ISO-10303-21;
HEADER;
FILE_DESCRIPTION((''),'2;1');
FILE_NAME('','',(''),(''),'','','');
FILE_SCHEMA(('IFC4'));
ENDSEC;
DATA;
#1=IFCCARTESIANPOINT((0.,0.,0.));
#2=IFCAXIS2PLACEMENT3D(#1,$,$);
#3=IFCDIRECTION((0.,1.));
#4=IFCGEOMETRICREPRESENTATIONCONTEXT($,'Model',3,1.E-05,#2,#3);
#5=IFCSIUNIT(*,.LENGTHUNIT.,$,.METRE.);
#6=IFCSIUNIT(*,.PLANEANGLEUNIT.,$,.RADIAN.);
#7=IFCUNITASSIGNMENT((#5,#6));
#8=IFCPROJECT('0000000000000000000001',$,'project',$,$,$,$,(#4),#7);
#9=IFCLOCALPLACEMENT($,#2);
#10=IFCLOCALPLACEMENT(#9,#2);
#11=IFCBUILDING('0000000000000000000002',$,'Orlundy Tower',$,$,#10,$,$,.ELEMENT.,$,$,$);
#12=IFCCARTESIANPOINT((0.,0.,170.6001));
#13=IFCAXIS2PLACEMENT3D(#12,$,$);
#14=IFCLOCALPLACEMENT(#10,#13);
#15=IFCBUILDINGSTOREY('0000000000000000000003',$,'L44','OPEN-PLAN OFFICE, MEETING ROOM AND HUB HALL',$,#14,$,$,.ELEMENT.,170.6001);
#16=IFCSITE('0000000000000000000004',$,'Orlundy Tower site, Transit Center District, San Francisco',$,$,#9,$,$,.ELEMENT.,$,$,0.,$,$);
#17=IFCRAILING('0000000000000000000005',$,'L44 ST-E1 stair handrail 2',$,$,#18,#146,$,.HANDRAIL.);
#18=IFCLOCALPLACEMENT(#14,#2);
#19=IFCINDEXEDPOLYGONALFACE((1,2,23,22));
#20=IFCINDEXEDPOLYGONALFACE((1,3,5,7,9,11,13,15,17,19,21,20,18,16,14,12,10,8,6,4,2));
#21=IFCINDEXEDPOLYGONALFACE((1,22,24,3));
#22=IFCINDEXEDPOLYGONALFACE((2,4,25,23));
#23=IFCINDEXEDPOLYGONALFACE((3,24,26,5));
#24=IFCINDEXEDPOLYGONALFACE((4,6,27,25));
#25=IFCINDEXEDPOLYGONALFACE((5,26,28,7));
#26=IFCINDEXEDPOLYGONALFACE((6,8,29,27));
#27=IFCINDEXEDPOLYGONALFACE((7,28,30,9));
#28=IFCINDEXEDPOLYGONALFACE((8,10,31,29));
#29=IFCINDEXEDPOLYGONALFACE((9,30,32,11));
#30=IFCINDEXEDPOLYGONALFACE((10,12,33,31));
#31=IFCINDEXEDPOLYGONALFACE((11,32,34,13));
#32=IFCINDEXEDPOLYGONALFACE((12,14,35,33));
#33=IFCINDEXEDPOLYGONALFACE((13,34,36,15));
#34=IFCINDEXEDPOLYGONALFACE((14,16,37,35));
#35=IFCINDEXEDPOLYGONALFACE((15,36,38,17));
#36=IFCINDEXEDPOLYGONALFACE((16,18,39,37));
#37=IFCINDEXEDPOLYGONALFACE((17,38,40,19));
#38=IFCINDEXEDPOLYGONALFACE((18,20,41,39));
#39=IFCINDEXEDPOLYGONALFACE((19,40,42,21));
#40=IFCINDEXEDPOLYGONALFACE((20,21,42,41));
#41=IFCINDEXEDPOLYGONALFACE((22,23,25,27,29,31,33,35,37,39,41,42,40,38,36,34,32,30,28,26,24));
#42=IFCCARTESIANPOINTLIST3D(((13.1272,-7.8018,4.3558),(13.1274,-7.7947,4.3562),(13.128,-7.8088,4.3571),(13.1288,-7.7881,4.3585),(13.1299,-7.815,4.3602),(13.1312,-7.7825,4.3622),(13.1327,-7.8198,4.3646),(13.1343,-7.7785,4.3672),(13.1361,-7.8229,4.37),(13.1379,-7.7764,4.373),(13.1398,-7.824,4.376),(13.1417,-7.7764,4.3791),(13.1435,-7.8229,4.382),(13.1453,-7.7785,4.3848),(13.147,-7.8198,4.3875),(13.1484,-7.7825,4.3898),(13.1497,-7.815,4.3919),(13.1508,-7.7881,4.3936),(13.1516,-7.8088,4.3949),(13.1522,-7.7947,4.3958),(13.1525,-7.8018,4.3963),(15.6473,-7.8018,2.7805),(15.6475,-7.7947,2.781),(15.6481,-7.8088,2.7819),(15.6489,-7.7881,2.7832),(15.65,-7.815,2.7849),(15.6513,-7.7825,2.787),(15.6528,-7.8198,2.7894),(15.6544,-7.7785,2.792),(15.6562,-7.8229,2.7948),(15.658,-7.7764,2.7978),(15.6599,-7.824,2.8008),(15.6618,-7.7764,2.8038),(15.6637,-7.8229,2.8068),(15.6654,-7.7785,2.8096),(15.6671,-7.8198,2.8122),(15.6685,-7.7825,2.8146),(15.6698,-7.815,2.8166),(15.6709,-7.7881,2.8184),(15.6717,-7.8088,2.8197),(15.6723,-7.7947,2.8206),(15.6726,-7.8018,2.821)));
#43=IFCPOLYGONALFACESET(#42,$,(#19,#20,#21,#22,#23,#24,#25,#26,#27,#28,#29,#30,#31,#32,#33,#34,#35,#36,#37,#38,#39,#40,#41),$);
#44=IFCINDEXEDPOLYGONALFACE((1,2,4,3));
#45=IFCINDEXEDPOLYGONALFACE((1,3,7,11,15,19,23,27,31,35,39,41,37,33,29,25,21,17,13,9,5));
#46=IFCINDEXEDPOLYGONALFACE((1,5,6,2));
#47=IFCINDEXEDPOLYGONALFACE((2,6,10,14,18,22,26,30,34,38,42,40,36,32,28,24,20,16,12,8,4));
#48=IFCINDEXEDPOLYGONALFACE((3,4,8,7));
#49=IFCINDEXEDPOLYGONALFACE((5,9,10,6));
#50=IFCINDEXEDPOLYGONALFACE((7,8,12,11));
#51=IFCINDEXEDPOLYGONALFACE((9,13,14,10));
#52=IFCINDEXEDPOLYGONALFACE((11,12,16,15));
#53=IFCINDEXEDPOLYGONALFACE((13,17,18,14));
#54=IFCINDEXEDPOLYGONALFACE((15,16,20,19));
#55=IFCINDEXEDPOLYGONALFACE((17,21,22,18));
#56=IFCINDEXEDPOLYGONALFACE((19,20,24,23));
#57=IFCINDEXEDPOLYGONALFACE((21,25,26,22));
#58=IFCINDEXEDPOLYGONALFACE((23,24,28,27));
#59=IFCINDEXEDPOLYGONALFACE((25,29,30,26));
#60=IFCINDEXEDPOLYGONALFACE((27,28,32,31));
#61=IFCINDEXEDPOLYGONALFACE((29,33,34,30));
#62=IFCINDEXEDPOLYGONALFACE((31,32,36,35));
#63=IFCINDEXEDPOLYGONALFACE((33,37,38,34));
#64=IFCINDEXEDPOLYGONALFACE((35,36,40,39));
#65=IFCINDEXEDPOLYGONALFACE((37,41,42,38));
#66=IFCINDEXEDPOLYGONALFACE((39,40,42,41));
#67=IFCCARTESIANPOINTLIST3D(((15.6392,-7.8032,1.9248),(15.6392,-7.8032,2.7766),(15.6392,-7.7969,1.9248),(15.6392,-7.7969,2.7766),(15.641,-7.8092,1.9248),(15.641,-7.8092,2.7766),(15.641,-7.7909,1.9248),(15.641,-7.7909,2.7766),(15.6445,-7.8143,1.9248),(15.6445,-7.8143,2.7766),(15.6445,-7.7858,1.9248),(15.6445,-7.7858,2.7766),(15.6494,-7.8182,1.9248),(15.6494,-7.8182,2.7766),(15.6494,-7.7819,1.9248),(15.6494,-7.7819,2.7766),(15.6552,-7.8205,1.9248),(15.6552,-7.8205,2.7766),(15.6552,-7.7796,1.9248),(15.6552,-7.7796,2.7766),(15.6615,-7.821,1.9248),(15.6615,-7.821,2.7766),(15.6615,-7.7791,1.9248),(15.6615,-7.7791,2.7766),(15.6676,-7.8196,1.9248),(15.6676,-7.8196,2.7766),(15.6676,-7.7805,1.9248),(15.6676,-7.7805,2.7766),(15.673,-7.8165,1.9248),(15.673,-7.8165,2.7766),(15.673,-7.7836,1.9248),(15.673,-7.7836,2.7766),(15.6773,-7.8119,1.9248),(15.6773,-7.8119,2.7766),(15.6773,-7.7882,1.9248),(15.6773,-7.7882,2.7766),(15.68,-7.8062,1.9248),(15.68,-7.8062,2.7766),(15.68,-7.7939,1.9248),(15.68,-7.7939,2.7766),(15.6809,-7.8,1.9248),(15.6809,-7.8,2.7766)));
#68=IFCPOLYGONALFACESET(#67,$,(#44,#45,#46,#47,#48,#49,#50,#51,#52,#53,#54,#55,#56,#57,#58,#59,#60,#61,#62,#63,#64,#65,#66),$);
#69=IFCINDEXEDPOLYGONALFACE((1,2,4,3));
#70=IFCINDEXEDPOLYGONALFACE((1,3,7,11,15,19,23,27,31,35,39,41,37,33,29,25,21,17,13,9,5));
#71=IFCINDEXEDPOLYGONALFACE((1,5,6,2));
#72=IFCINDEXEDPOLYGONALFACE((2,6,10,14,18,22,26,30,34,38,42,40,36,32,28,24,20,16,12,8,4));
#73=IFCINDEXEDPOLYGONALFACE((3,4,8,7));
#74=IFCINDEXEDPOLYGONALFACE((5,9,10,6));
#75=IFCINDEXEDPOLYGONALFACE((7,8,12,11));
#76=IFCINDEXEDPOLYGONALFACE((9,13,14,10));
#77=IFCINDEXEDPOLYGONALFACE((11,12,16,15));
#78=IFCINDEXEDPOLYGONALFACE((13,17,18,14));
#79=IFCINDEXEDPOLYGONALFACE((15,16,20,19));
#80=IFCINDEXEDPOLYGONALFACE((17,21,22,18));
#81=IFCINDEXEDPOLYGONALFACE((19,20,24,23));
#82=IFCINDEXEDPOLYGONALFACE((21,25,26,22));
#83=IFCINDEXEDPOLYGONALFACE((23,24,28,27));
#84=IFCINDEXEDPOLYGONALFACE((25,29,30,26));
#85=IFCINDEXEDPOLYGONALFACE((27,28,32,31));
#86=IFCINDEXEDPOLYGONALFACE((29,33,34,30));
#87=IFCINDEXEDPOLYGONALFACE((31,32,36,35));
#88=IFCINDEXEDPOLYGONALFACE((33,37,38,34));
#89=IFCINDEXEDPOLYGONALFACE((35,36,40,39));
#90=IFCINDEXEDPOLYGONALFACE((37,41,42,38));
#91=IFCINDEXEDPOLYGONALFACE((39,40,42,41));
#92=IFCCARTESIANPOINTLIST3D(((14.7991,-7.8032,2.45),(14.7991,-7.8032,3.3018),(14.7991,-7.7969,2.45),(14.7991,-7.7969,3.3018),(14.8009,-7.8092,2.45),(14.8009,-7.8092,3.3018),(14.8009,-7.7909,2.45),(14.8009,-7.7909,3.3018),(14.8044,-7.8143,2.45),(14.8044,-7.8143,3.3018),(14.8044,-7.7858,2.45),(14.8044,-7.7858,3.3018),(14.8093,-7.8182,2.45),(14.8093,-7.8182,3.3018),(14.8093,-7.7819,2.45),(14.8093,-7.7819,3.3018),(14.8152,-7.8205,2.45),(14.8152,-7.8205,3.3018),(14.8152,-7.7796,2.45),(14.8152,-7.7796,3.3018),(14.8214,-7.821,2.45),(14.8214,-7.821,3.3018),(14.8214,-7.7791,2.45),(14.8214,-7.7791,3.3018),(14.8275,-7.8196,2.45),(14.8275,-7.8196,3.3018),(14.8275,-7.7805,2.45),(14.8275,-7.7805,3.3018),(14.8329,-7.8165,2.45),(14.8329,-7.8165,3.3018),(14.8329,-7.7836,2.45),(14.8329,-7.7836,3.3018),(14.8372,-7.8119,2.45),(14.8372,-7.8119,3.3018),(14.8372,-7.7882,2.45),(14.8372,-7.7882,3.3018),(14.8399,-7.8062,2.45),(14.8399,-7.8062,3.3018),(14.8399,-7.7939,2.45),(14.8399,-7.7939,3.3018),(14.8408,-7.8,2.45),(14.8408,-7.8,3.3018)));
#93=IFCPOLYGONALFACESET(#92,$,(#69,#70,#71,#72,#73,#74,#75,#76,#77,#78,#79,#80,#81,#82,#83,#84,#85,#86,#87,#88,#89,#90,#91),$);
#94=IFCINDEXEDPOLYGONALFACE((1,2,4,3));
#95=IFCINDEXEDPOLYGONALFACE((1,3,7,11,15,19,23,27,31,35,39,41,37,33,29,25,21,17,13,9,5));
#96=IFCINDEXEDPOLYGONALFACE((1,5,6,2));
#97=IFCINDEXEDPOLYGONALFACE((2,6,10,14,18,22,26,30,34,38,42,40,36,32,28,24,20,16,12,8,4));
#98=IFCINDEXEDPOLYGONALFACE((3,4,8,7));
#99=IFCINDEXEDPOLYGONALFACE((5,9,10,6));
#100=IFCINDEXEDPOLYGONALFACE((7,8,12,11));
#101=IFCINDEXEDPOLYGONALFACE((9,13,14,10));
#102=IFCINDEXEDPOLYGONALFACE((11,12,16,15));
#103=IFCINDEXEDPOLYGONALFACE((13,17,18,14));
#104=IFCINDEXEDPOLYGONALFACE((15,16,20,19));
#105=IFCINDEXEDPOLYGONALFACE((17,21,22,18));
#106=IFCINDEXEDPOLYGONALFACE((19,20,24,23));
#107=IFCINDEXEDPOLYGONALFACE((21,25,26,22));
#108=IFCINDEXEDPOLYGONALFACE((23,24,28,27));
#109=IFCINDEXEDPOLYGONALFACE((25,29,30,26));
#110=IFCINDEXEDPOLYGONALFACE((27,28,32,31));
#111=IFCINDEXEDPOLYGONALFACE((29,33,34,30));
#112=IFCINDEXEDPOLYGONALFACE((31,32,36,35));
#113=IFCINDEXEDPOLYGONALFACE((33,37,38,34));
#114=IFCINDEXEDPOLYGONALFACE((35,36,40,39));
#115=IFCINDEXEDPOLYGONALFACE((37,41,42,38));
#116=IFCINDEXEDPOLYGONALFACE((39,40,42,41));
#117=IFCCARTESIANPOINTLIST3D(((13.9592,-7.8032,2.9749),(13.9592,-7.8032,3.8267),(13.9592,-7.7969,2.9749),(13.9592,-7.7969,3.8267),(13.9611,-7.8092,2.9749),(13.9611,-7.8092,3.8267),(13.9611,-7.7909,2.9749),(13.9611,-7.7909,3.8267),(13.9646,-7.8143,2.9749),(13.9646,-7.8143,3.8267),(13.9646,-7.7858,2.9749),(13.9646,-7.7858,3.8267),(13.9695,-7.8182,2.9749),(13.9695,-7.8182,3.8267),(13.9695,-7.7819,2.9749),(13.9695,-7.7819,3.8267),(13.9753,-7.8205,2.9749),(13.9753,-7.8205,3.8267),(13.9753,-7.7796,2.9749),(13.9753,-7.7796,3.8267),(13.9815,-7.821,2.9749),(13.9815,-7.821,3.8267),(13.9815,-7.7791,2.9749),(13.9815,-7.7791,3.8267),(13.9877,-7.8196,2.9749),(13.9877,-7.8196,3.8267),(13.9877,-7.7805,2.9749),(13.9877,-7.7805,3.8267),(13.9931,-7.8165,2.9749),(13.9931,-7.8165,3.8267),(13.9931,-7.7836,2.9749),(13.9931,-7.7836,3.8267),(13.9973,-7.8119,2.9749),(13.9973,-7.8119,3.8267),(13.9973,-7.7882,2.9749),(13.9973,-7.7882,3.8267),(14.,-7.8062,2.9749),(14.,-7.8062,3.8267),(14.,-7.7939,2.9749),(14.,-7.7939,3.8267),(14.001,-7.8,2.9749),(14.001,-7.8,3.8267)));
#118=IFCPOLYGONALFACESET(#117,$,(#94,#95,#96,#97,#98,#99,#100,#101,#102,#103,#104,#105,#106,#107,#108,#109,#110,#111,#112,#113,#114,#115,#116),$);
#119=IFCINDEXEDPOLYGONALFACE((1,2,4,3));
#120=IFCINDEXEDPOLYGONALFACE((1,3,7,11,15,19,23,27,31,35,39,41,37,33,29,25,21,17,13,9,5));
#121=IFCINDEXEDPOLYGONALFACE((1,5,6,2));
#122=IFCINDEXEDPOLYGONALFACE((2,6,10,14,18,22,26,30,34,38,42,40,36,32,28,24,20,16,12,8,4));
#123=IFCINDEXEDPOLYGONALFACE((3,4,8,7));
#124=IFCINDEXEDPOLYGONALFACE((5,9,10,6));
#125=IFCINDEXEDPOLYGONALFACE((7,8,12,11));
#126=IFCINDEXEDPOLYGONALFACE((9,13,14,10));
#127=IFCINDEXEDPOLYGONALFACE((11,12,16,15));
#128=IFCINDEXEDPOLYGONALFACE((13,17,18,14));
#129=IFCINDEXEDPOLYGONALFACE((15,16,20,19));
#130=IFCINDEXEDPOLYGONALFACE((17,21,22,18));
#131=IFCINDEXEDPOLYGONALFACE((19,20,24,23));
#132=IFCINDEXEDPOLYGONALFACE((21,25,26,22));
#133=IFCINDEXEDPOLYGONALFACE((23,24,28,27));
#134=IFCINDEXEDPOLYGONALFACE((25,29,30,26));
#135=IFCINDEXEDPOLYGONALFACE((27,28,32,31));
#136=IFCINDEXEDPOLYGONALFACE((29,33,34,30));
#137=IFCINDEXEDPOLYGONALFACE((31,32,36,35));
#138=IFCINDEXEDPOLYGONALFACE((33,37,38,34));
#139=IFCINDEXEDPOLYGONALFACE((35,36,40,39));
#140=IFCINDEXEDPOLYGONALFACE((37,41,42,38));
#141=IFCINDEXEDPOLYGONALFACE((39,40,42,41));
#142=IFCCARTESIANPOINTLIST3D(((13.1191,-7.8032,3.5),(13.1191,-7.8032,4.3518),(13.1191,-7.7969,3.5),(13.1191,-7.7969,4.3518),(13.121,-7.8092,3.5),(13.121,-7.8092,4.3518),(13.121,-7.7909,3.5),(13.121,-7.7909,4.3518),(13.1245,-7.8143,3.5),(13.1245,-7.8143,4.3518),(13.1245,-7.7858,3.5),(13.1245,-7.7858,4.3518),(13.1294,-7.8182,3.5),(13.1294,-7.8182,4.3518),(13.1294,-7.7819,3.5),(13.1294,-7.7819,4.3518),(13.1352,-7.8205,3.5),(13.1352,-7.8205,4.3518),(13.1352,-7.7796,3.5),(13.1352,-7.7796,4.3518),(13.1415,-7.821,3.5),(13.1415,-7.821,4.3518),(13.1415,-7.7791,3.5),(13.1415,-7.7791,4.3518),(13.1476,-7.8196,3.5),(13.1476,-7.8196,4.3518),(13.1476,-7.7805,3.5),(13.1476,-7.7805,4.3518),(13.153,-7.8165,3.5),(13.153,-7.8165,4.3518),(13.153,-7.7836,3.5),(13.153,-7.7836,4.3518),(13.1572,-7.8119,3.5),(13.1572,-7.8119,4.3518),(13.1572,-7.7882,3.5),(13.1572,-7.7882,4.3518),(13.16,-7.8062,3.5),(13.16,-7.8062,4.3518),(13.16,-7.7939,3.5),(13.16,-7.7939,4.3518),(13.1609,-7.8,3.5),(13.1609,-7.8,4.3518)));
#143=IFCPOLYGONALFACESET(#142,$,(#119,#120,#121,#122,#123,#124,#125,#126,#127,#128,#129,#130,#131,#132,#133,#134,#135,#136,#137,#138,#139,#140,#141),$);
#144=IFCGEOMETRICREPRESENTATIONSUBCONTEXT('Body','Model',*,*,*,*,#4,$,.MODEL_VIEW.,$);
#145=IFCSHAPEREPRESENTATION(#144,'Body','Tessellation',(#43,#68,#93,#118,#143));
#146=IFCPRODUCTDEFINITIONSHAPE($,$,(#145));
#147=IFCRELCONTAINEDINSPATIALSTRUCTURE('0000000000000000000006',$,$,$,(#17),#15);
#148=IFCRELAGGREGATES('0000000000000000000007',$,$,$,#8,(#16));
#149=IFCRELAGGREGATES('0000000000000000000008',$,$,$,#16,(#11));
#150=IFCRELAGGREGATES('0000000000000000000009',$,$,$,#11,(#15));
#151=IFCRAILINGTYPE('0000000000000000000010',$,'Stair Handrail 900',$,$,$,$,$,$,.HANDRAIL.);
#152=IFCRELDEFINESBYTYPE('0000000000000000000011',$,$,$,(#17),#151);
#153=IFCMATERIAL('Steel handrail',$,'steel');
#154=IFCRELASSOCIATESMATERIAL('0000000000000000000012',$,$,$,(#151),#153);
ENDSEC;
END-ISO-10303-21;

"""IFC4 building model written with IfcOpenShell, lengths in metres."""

from ifc_helpers import new_model, si_unit, direction, frame, origin, origin_2d, place, context, subcontext, project, spatial, circle, extrude, material, type_object, element, save


model = new_model("IFC4")

# Units and contexts
model_context = context("Model", 3, precision=1e-05, world=origin(), true_north=direction((0.0, 1.0)))
body_context = subcontext(model_context, "Body", "Model", "MODEL_VIEW")
ifc_project = project(units=[si_unit("LENGTHUNIT", "METRE"), si_unit("PLANEANGLEUNIT", "RADIAN")], contexts=[model_context])

# Site, building, storey
site_placement = place(None, origin())
site = spatial("IfcSite", under=ifc_project, at=site_placement, Name="Orlundy Tower site, Transit Center District, San Francisco", CompositionType="ELEMENT", RefElevation=0.0)
building_placement = place(site_placement, origin())
building = spatial("IfcBuilding", under=site, at=building_placement, Name="Orlundy Tower", CompositionType="ELEMENT")
storey_placement = place(building_placement, frame((0.0, 0.0, 170.6001)))
storey = spatial("IfcBuildingStorey", under=building, at=storey_placement, Name="L44", Description="OPEN-PLAN OFFICE, MEETING ROOM AND HUB HALL", CompositionType="ELEMENT", Elevation=170.6001)

# Railing
ifc_material_1 = material(Name="Steel handrail", Category="steel")
railing_type = type_object("IfcRailingType", Name="Stair Handrail 900", PredefinedType="HANDRAIL", material=ifc_material_1)
railing_placement = place(storey_placement, frame((15.6599, -7.8, 1.9248)))
element("IfcRailing", 1, at=railing_placement, inside=storey, type_object=railing_type, Name="L44 ST-E1 stair handrail 2", PredefinedType="HANDRAIL", context=body_context, shape_type="SweptSolid", body=[
    extrude(circle(Radius=0.0239, at=origin_2d()), frame((0.0, 0.0, 0.876), z_axis=(-0.847971, 0.0, 0.530043), x_axis=(0.0, -1.0, 0.0)), (0.0, 0.0, 1.0), 2.9719),
    extrude(circle(Radius=0.021, at=origin_2d()), origin(), (0.0, 0.0, 1.0), 0.8518),
    extrude(circle(Radius=0.021, at=origin_2d()), frame((-0.8401, 0.0, 0.5251)), (0.0, 0.0, 1.0), 0.8518),
    extrude(circle(Radius=0.021, at=origin_2d()), frame((-1.6799, 0.0, 1.05)), (0.0, 0.0, 1.0), 0.8518),
    extrude(circle(Radius=0.021, at=origin_2d()), frame((-2.52, 0.0, 1.5752)), (0.0, 0.0, 1.0), 0.8518),
])

save(model, "model.ifc")
